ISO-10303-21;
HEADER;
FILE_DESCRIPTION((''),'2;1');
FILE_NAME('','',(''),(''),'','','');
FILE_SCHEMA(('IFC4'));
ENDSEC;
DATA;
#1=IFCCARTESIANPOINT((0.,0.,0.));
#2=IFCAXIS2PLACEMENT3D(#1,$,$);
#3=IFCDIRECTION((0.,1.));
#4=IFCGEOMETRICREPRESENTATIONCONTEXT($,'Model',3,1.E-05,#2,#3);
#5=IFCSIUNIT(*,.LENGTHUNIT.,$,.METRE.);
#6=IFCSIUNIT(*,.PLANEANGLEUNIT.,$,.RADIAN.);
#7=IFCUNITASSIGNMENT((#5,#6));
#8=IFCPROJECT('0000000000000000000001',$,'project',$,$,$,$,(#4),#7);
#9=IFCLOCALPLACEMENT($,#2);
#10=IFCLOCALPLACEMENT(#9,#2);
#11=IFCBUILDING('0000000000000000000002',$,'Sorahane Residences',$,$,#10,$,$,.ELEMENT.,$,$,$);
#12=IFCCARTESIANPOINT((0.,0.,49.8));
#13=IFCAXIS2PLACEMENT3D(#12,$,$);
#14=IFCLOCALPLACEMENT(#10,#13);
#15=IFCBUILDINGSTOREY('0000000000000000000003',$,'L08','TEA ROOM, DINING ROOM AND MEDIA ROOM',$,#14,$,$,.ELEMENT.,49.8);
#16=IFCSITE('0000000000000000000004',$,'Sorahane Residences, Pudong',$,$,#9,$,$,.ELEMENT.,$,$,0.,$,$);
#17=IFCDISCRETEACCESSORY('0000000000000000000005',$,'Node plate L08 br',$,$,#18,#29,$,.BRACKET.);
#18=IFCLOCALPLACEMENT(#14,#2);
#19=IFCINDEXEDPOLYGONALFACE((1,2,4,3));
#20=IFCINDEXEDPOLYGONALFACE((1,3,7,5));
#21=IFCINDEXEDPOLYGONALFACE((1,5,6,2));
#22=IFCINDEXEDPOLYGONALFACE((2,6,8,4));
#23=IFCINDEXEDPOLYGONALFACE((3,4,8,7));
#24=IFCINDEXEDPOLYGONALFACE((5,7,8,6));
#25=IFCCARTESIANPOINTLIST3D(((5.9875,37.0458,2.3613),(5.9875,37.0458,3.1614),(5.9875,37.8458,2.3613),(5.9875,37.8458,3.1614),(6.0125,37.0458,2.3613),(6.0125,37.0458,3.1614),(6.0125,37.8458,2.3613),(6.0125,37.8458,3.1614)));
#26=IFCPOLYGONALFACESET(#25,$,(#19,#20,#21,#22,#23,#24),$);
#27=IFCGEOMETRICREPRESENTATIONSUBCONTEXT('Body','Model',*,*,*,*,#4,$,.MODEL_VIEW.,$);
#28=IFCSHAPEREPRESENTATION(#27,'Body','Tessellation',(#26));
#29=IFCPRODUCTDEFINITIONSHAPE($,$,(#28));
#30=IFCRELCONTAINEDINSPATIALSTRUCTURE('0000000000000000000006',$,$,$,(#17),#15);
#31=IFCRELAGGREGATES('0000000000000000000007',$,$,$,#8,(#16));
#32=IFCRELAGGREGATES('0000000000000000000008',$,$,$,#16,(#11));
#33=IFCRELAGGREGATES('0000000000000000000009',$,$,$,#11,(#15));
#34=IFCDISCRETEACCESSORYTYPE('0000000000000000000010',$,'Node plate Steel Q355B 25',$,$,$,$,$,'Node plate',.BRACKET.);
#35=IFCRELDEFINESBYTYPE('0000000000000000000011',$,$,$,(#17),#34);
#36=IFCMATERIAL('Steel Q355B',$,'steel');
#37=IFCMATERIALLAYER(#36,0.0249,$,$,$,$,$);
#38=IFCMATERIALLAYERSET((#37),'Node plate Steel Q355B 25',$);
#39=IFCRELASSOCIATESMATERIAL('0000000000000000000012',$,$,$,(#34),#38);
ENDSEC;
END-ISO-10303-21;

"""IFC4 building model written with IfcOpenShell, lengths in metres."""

from ifc_helpers import new_model, si_unit, direction, frame, origin, origin_2d, place, context, subcontext, project, spatial, rectangle, extrude, material, layer, layer_set, type_object, element, save


model = new_model("IFC4")

# Units and contexts
model_context = context("Model", 3, precision=1e-05, world=origin(), true_north=direction((0.0, 1.0)))
body_context = subcontext(model_context, "Body", "Model", "MODEL_VIEW")
ifc_project = project(units=[si_unit("LENGTHUNIT", "METRE"), si_unit("PLANEANGLEUNIT", "RADIAN")], contexts=[model_context])

# Site, building, storey
site_placement = place(None, origin())
site = spatial("IfcSite", under=ifc_project, at=site_placement, Name="Sorahane Residences, Pudong", CompositionType="ELEMENT", RefElevation=0.0)
building_placement = place(site_placement, origin())
building = spatial("IfcBuilding", under=site, at=building_placement, Name="Sorahane Residences", CompositionType="ELEMENT")
storey_placement = place(building_placement, frame((0.0, 0.0, 49.8)))
storey = spatial("IfcBuildingStorey", under=building, at=storey_placement, Name="L08", Description="TEA ROOM, DINING ROOM AND MEDIA ROOM", CompositionType="ELEMENT", Elevation=49.8)

# Discrete accessory
ifc_material_1 = material(Name="Steel Q355B", Category="steel")
ifc_layer_1 = layer(ifc_material_1, 0.0249)
ifc_layer_set_1 = layer_set([ifc_layer_1], Name="Node plate Steel Q355B 25")
discrete_accessory_type = type_object("IfcDiscreteAccessoryType", Name="Node plate Steel Q355B 25", ElementType="Node plate", PredefinedType="BRACKET", material=ifc_layer_set_1)
for number, where, z_axis, x_axis, name in (
    (1, (6.0, 37.4458, 2.3613), (0.0, 0.0, 1.0), (0.0, 1.0, 0.0), "Node plate L08 br"),
):
    element("IfcDiscreteAccessory", number, at=place(storey_placement, frame(where, z_axis=z_axis, x_axis=x_axis)), inside=storey, type_object=discrete_accessory_type, Name=name, PredefinedType="BRACKET", context=body_context, shape_type="SweptSolid", body=[
        extrude(rectangle(XDim=0.8, YDim=0.0249, at=origin_2d()), origin(), (0.0, 0.0, 1.0), 0.8),
    ])

save(model, "model.ifc")
